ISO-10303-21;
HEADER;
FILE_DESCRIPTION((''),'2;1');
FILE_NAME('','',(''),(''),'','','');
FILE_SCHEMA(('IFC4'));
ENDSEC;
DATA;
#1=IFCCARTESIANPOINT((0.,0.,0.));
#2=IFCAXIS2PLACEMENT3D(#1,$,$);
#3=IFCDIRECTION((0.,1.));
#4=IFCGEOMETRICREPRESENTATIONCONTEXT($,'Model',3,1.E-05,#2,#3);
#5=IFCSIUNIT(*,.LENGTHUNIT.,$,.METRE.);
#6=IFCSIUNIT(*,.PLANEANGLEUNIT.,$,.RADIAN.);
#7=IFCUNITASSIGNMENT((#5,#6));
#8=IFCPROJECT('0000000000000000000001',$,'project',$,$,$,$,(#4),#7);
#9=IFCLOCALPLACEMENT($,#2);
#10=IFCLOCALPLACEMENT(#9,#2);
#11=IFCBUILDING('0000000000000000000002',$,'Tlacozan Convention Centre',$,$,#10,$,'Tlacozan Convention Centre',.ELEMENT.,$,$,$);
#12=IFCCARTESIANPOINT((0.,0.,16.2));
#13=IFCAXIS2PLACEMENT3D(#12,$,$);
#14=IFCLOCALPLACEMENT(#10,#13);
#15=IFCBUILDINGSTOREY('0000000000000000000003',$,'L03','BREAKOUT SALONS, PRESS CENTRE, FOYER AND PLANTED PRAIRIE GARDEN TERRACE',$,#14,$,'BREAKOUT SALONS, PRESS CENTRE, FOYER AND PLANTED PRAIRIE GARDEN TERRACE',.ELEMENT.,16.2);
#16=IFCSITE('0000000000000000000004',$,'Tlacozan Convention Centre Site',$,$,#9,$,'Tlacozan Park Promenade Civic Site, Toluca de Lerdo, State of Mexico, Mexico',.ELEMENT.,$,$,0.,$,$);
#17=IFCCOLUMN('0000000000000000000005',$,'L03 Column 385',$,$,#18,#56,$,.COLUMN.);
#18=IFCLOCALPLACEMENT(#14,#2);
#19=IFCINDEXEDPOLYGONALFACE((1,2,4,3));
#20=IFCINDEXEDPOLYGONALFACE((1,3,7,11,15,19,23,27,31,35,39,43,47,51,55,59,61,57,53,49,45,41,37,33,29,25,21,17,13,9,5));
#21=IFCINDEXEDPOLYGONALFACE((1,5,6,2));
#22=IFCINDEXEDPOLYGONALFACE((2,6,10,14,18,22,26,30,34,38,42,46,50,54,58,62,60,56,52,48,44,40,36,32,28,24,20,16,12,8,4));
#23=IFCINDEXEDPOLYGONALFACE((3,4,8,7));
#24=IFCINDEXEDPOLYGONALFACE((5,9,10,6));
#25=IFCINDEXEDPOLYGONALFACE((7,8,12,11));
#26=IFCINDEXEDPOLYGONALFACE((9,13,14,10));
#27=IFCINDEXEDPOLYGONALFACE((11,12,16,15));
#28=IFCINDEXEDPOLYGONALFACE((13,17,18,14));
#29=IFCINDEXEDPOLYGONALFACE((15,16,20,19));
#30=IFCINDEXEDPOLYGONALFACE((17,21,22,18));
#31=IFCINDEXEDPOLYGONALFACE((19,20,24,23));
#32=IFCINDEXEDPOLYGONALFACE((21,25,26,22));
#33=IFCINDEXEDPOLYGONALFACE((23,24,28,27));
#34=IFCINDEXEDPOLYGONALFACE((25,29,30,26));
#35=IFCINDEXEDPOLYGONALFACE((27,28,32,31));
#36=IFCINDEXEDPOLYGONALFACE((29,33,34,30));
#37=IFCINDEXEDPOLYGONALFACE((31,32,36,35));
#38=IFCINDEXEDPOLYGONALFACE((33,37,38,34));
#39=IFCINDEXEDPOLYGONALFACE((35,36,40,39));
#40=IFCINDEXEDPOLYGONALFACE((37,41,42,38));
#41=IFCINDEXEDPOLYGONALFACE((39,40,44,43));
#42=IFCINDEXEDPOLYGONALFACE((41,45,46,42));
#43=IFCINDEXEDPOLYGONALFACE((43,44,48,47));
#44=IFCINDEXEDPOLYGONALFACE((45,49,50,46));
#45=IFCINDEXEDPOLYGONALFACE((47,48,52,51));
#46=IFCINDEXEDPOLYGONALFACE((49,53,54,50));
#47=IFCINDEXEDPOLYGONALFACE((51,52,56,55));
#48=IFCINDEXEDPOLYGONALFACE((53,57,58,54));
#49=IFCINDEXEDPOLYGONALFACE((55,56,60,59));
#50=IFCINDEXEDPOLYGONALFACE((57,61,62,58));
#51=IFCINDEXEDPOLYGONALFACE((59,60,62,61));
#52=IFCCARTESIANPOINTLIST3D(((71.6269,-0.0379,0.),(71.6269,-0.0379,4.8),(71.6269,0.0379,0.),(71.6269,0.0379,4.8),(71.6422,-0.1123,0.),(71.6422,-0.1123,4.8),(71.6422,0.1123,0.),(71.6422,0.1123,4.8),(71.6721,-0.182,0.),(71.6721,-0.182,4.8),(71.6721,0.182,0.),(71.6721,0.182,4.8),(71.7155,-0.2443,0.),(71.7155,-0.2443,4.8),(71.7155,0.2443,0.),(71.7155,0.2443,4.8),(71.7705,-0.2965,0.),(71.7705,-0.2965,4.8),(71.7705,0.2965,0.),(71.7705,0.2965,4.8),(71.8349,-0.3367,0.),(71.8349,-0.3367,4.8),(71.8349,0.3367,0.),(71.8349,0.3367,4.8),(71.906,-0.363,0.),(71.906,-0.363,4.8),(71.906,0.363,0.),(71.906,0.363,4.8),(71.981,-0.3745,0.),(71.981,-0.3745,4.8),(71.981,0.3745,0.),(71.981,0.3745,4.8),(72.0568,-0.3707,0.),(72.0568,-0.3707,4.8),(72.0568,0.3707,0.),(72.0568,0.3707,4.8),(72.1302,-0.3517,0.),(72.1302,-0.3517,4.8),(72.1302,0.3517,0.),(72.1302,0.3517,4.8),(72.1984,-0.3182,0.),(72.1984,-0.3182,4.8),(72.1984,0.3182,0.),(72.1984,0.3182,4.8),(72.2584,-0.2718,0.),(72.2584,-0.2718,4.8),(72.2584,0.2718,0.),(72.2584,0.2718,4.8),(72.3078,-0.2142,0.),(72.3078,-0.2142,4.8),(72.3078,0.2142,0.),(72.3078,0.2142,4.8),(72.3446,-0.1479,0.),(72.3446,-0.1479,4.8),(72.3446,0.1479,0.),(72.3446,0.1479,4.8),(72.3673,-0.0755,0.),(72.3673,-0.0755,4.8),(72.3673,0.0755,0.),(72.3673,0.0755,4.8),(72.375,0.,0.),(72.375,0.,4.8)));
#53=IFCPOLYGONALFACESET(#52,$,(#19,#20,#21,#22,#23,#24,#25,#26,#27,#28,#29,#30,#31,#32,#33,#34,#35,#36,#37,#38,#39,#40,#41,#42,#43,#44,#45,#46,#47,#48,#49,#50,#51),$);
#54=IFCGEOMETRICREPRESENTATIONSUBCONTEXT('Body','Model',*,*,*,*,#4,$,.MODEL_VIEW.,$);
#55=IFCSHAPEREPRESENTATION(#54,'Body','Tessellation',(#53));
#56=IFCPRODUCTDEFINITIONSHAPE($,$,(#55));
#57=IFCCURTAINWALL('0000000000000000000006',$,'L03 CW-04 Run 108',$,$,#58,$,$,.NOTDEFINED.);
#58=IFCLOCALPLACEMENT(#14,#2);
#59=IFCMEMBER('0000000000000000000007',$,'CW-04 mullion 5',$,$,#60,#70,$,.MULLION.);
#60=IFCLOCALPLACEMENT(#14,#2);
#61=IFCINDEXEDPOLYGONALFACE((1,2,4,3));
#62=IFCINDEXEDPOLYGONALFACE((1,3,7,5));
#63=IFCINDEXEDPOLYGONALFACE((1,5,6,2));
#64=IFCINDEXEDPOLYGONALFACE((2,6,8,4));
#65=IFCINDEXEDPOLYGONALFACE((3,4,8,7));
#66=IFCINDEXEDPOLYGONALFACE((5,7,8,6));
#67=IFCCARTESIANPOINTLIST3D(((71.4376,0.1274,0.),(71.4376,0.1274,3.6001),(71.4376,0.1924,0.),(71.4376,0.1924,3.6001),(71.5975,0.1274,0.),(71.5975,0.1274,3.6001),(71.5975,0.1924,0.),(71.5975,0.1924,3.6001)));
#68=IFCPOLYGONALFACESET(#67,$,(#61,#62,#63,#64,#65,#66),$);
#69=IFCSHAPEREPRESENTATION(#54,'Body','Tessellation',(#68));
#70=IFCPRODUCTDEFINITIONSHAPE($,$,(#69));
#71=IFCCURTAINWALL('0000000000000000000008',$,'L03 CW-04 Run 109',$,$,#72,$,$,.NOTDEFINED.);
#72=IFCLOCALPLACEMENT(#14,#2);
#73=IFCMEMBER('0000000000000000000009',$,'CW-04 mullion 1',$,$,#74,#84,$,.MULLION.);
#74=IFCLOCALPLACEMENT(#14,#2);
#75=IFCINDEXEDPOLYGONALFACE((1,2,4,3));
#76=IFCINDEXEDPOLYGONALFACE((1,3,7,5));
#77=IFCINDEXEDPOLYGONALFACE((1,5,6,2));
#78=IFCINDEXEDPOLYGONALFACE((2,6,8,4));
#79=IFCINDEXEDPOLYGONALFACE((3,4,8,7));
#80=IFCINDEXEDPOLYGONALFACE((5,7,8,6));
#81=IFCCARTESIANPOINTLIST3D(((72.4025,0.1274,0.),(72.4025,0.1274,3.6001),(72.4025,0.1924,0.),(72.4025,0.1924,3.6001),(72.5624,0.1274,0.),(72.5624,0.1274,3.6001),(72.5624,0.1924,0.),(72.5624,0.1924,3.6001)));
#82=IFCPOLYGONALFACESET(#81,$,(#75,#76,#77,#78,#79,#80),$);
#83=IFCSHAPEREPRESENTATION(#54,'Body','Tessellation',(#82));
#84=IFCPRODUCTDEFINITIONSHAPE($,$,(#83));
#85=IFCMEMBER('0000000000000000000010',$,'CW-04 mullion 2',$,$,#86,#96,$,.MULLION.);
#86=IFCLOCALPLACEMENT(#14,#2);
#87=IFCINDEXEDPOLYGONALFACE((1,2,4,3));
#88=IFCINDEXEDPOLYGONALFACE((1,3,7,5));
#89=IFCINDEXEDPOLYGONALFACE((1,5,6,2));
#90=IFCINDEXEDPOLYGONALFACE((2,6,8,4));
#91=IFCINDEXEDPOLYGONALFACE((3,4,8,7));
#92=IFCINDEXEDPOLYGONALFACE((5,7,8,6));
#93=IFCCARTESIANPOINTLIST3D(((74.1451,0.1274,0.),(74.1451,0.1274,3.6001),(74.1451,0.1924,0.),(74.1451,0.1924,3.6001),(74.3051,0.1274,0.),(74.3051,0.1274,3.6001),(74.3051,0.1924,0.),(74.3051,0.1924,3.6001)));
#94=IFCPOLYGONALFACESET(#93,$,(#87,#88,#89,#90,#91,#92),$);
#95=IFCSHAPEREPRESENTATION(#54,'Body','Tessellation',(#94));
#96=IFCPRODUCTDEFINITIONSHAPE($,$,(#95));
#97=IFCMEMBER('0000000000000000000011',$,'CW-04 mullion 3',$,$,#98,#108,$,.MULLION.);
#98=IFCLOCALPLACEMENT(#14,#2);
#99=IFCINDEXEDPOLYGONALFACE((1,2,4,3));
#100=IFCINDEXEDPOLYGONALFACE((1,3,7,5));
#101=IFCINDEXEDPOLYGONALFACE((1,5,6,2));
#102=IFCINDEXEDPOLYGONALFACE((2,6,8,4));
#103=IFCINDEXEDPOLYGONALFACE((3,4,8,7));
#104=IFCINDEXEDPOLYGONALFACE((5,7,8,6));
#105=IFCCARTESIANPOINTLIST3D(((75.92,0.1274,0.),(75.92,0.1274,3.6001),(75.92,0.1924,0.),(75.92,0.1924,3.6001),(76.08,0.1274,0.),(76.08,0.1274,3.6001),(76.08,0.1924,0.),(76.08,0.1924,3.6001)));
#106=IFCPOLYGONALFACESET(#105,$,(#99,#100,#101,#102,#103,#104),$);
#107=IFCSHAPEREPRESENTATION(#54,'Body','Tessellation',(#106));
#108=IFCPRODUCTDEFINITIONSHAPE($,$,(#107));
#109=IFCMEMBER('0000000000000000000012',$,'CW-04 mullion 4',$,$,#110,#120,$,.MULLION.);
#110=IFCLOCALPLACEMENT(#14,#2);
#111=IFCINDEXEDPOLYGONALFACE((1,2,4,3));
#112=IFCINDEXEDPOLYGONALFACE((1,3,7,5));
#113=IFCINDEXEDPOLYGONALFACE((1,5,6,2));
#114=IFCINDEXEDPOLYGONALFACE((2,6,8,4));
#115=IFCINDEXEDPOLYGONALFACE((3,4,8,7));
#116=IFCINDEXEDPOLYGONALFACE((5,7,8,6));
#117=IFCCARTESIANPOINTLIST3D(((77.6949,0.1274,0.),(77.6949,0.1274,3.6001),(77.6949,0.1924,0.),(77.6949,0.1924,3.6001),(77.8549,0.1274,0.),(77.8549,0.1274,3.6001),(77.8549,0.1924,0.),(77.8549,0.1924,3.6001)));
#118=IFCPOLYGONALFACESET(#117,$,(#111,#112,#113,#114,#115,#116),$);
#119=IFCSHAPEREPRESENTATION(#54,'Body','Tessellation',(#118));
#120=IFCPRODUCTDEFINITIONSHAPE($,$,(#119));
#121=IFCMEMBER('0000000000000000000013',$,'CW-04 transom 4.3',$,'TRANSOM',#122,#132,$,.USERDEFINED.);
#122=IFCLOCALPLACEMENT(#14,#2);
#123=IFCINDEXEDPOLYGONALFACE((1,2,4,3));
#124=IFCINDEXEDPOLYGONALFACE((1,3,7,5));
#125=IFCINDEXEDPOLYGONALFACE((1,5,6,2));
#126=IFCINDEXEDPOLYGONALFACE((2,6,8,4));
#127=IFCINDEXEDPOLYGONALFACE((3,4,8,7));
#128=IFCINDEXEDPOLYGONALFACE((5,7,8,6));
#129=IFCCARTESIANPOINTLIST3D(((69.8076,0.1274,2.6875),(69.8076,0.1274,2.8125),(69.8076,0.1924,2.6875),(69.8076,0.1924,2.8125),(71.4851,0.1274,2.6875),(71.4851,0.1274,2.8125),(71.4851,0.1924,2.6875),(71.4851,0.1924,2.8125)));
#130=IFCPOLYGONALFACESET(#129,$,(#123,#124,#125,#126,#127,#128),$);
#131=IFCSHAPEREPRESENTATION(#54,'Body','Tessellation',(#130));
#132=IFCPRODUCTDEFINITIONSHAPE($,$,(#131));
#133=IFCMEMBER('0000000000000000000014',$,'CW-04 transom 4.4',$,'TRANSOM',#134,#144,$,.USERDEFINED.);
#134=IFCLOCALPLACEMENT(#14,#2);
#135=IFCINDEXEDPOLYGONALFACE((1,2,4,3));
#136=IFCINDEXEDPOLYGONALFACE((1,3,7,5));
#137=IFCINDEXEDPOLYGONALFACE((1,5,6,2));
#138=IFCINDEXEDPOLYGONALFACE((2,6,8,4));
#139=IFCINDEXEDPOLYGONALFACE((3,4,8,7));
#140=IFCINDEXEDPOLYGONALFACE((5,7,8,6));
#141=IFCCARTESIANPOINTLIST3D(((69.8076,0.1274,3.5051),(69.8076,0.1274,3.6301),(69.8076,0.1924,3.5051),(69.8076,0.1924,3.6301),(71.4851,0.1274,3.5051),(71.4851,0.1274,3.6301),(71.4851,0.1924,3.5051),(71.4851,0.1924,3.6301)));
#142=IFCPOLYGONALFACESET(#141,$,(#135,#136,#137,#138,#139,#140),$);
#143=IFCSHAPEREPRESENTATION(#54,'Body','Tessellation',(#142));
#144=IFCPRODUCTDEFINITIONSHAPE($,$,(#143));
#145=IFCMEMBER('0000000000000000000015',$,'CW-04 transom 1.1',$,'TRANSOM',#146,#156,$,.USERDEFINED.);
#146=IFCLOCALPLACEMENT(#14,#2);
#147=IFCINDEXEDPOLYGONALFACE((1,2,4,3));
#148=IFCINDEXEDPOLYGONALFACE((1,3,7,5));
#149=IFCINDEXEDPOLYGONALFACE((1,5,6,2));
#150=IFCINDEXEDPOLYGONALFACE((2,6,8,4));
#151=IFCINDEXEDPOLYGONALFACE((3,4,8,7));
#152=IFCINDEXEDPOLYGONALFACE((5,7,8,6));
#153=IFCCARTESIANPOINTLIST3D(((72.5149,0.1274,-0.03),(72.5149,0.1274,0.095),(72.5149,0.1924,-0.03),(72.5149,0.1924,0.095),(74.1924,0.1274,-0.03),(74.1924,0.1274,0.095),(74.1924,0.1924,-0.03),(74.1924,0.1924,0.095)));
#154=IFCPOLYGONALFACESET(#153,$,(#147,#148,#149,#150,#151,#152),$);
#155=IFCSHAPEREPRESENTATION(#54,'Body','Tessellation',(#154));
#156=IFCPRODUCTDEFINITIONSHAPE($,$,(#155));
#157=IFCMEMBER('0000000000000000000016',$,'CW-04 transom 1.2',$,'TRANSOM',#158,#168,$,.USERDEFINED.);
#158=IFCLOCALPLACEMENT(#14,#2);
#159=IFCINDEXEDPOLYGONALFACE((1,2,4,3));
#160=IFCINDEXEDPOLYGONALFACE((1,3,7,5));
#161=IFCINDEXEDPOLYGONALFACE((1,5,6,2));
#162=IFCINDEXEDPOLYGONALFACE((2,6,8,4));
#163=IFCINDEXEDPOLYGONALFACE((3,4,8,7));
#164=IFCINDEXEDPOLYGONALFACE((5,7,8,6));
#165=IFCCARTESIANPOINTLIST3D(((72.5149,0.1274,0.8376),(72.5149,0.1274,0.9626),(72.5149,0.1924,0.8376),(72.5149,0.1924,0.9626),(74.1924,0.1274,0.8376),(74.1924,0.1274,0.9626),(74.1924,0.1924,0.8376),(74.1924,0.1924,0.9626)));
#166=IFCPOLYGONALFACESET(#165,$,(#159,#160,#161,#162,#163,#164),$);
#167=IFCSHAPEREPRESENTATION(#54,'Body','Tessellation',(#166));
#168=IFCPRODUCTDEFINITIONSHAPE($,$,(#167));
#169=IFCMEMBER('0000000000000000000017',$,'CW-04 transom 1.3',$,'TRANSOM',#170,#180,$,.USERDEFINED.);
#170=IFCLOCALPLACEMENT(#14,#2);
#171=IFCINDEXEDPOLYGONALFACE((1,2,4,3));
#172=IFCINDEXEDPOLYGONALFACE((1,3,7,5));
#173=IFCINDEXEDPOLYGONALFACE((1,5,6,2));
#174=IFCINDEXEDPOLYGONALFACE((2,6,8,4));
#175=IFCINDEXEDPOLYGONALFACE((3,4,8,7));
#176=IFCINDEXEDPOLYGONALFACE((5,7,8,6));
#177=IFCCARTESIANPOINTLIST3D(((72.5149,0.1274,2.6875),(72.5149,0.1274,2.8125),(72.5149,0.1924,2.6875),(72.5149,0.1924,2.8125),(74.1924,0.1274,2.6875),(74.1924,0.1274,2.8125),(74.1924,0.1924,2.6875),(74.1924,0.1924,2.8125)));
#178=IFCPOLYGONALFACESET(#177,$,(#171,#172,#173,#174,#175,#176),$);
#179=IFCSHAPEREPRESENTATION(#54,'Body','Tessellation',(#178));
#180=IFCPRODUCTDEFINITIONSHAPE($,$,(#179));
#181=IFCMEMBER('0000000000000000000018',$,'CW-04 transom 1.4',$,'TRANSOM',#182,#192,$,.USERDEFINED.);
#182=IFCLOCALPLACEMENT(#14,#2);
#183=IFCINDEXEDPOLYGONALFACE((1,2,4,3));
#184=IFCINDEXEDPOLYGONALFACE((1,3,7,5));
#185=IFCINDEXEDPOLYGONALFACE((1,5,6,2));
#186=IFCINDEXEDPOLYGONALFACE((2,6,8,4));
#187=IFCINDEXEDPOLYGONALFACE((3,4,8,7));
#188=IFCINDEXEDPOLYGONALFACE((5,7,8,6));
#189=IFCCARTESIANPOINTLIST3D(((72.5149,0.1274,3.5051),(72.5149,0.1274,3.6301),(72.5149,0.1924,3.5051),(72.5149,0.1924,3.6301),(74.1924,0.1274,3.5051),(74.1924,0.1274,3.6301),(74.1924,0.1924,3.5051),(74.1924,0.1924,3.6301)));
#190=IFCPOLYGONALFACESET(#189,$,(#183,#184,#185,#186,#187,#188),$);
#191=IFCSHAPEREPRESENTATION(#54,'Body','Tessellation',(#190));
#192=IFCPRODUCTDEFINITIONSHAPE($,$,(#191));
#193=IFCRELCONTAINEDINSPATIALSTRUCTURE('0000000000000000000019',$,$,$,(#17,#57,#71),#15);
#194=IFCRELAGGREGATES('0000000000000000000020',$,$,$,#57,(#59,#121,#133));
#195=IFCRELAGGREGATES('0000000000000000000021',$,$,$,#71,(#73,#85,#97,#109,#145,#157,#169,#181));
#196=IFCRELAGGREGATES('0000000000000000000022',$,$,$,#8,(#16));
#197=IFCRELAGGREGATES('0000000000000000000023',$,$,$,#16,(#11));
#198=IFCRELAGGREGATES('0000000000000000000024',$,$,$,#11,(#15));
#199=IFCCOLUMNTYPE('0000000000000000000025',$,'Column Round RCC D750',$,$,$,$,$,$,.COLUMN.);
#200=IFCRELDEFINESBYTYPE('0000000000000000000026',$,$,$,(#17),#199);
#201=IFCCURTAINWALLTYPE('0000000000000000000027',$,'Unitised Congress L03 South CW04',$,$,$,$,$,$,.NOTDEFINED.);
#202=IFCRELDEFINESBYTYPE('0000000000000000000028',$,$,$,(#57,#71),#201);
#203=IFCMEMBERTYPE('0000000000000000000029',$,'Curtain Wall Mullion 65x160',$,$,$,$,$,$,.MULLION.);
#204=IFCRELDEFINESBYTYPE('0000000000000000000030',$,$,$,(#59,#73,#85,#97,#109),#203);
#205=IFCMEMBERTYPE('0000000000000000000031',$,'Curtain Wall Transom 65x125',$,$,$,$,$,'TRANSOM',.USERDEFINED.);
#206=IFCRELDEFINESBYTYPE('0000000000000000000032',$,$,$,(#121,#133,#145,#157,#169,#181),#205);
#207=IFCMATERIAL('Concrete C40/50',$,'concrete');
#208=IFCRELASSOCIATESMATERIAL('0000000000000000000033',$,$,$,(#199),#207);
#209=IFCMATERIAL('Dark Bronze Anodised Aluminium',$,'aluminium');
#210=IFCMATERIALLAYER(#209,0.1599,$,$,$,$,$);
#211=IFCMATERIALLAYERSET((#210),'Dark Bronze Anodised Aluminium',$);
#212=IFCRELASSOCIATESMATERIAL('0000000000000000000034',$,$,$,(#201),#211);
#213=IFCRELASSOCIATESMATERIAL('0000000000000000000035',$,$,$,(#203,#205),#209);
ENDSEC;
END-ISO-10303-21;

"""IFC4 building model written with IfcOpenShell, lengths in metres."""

from ifc_helpers import new_model, si_unit, direction, frame, origin, origin_2d, place, context, subcontext, project, spatial, rectangle, circle, extrude, material, layer, layer_set, material_profile, profile_set, type_object, element, aggregate, save


model = new_model("IFC4")

# Units and contexts
model_context = context("Model", 3, precision=1e-05, world=origin(), true_north=direction((0.0, 1.0)))
body_context = subcontext(model_context, "Body", "Model", "MODEL_VIEW")
ifc_project = project(units=[si_unit("LENGTHUNIT", "METRE"), si_unit("PLANEANGLEUNIT", "RADIAN")], contexts=[model_context])

# Site, building, storey
site_placement = place(None, origin())
site = spatial("IfcSite", under=ifc_project, at=site_placement, Name="Tlacozan Convention Centre Site", LongName="Tlacozan Park Promenade Civic Site, Toluca de Lerdo, State of Mexico, Mexico", CompositionType="ELEMENT", RefElevation=0.0)
building_placement = place(site_placement, origin())
building = spatial("IfcBuilding", under=site, at=building_placement, Name="Tlacozan Convention Centre", LongName="Tlacozan Convention Centre", CompositionType="ELEMENT")
storey_placement = place(building_placement, frame((0.0, 0.0, 16.2)))
storey = spatial("IfcBuildingStorey", under=building, at=storey_placement, Name="L03", Description="BREAKOUT SALONS, PRESS CENTRE, FOYER AND PLANTED PRAIRIE GARDEN TERRACE", LongName="BREAKOUT SALONS, PRESS CENTRE, FOYER AND PLANTED PRAIRIE GARDEN TERRACE", CompositionType="ELEMENT", Elevation=16.2)

# Column
ifc_material_1 = material(Name="Concrete C40/50", Category="concrete")
ifc_material_profile_1 = material_profile(ifc_material_1, circle(Radius=0.375, at=origin_2d()), Name="RCC D750")
ifc_profile_set_1 = profile_set([ifc_material_profile_1], Name="Concrete C40/50")
column_type = type_object("IfcColumnType", Name="Column Round RCC D750", PredefinedType="COLUMN", material=ifc_profile_set_1)
column_placement = place(storey_placement, frame((72.0, 0.0, 0.0), z_axis=(0.0, 0.0, 1.0), x_axis=(1.0, 0.0, 0.0)))
element("IfcColumn", 1, at=column_placement, inside=storey, type_object=column_type, Name="L03 Column 385", PredefinedType="COLUMN", context=body_context, shape_type="SweptSolid", body=[
    extrude(circle(Radius=0.375, at=origin_2d()), origin(), (0.0, 0.0, 1.0), 4.8),
])

# Curtain wall, member
ifc_material_2 = material(Name="Dark Bronze Anodised Aluminium", Category="aluminium")
ifc_layer_1 = layer(ifc_material_2, 0.1599)
ifc_layer_set_1 = layer_set([ifc_layer_1], Name="Dark Bronze Anodised Aluminium")
curtain_wall_type = type_object("IfcCurtainWallType", Name="Unitised Congress L03 South CW04", PredefinedType="NOTDEFINED", material=ifc_layer_set_1)
curtain_wall_1_placement = place(storey_placement, origin())
curtain_wall_1 = element("IfcCurtainWall", 2, at=curtain_wall_1_placement, inside=storey, type_object=curtain_wall_type, Name="L03 CW-04 Run 108", PredefinedType="NOTDEFINED")
ifc_material_profile_2 = material_profile(ifc_material_2, rectangle(XDim=0.0649, YDim=0.1599, at=origin_2d()), Name="ALU 65x160")
ifc_profile_set_2 = profile_set([ifc_material_profile_2], Name="Dark Bronze Anodised Aluminium")
member_type_1 = type_object("IfcMemberType", Name="Curtain Wall Mullion 65x160", PredefinedType="MULLION", material=ifc_profile_set_2)
member_1_placement = place(storey_placement, frame((71.5176, 0.1599, 0.0), z_axis=(0.0, 0.0, 1.0), x_axis=(0.0, 1.0, 0.0)))
member_1 = element("IfcMember", 3, at=member_1_placement, type_object=member_type_1, Name="CW-04 mullion 5", PredefinedType="MULLION", context=body_context, shape_type="SweptSolid", body=[
    extrude(rectangle(XDim=0.0649, YDim=0.1599, at=origin_2d()), origin(), (0.0, 0.0, 1.0), 3.6001),
])

# Curtain wall, members
curtain_wall_2_placement = place(storey_placement, origin())
curtain_wall_2 = element("IfcCurtainWall", 4, at=curtain_wall_2_placement, inside=storey, type_object=curtain_wall_type, Name="L03 CW-04 Run 109", PredefinedType="NOTDEFINED")
member_2_placement = place(storey_placement, frame((72.4824, 0.1599, 0.0), z_axis=(0.0, 0.0, 1.0), x_axis=(0.0, 1.0, 0.0)))
member_2 = element("IfcMember", 5, at=member_2_placement, type_object=member_type_1, Name="CW-04 mullion 1", PredefinedType="MULLION", context=body_context, shape_type="SweptSolid", body=[
    extrude(rectangle(XDim=0.0649, YDim=0.1599, at=origin_2d()), origin(), (0.0, 0.0, 1.0), 3.6001),
])
member_3_placement = place(storey_placement, frame((74.2251, 0.1599, 0.0), z_axis=(0.0, 0.0, 1.0), x_axis=(0.0, 1.0, 0.0)))
member_3 = element("IfcMember", 6, at=member_3_placement, type_object=member_type_1, Name="CW-04 mullion 2", PredefinedType="MULLION", context=body_context, shape_type="SweptSolid", body=[
    extrude(rectangle(XDim=0.0649, YDim=0.1599, at=origin_2d()), origin(), (0.0, 0.0, 1.0), 3.6001),
])
member_4_placement = place(storey_placement, frame((76.0, 0.1599, 0.0), z_axis=(0.0, 0.0, 1.0), x_axis=(0.0, 1.0, 0.0)))
member_4 = element("IfcMember", 7, at=member_4_placement, type_object=member_type_1, Name="CW-04 mullion 3", PredefinedType="MULLION", context=body_context, shape_type="SweptSolid", body=[
    extrude(rectangle(XDim=0.0649, YDim=0.1599, at=origin_2d()), origin(), (0.0, 0.0, 1.0), 3.6001),
])
member_5_placement = place(storey_placement, frame((77.7749, 0.1599, 0.0), z_axis=(0.0, 0.0, 1.0), x_axis=(0.0, 1.0, 0.0)))
member_5 = element("IfcMember", 8, at=member_5_placement, type_object=member_type_1, Name="CW-04 mullion 4", PredefinedType="MULLION", context=body_context, shape_type="SweptSolid", body=[
    extrude(rectangle(XDim=0.0649, YDim=0.1599, at=origin_2d()), origin(), (0.0, 0.0, 1.0), 3.6001),
])

# Members
ifc_material_profile_3 = material_profile(ifc_material_2, rectangle(XDim=0.0649, YDim=0.125, at=origin_2d()), Name="ALU 65x125")
ifc_profile_set_3 = profile_set([ifc_material_profile_3], Name="Dark Bronze Anodised Aluminium")
member_type_2 = type_object("IfcMemberType", Name="Curtain Wall Transom 65x125", ElementType="TRANSOM", PredefinedType="USERDEFINED", material=ifc_profile_set_3)
member_6_placement = place(storey_placement, frame((69.8076, 0.1599, 2.75), z_axis=(1.0, 0.0, 0.0), x_axis=(0.0, 1.0, 0.0)))
member_6 = element("IfcMember", 9, at=member_6_placement, type_object=member_type_2, Name="CW-04 transom 4.3", ObjectType="TRANSOM", PredefinedType="USERDEFINED", context=body_context, shape_type="SweptSolid", body=[
    extrude(rectangle(XDim=0.0649, YDim=0.125, at=origin_2d()), origin(), (0.0, 0.0, 1.0), 1.6775),
])
member_7_placement = place(storey_placement, frame((69.8076, 0.1599, 3.5676), z_axis=(1.0, 0.0, 0.0), x_axis=(0.0, 1.0, 0.0)))
member_7 = element("IfcMember", 10, at=member_7_placement, type_object=member_type_2, Name="CW-04 transom 4.4", ObjectType="TRANSOM", PredefinedType="USERDEFINED", context=body_context, shape_type="SweptSolid", body=[
    extrude(rectangle(XDim=0.0649, YDim=0.125, at=origin_2d()), origin(), (0.0, 0.0, 1.0), 1.6775),
])
member_8_placement = place(storey_placement, frame((72.5149, 0.1599, 0.0325), z_axis=(1.0, 0.0, 0.0), x_axis=(0.0, 1.0, 0.0)))
member_8 = element("IfcMember", 11, at=member_8_placement, type_object=member_type_2, Name="CW-04 transom 1.1", ObjectType="TRANSOM", PredefinedType="USERDEFINED", context=body_context, shape_type="SweptSolid", body=[
    extrude(rectangle(XDim=0.0649, YDim=0.125, at=origin_2d()), origin(), (0.0, 0.0, 1.0), 1.6775),
])
member_9_placement = place(storey_placement, frame((72.5149, 0.1599, 0.9001), z_axis=(1.0, 0.0, 0.0), x_axis=(0.0, 1.0, 0.0)))
member_9 = element("IfcMember", 12, at=member_9_placement, type_object=member_type_2, Name="CW-04 transom 1.2", ObjectType="TRANSOM", PredefinedType="USERDEFINED", context=body_context, shape_type="SweptSolid", body=[
    extrude(rectangle(XDim=0.0649, YDim=0.125, at=origin_2d()), origin(), (0.0, 0.0, 1.0), 1.6775),
])
member_10_placement = place(storey_placement, frame((72.5149, 0.1599, 2.75), z_axis=(1.0, 0.0, 0.0), x_axis=(0.0, 1.0, 0.0)))
member_10 = element("IfcMember", 13, at=member_10_placement, type_object=member_type_2, Name="CW-04 transom 1.3", ObjectType="TRANSOM", PredefinedType="USERDEFINED", context=body_context, shape_type="SweptSolid", body=[
    extrude(rectangle(XDim=0.0649, YDim=0.125, at=origin_2d()), origin(), (0.0, 0.0, 1.0), 1.6775),
])
member_11_placement = place(storey_placement, frame((72.5149, 0.1599, 3.5676), z_axis=(1.0, 0.0, 0.0), x_axis=(0.0, 1.0, 0.0)))
member_11 = element("IfcMember", 14, at=member_11_placement, type_object=member_type_2, Name="CW-04 transom 1.4", ObjectType="TRANSOM", PredefinedType="USERDEFINED", context=body_context, shape_type="SweptSolid", body=[
    extrude(rectangle(XDim=0.0649, YDim=0.125, at=origin_2d()), origin(), (0.0, 0.0, 1.0), 1.6775),
])

aggregate(curtain_wall_1, [member_1, member_6, member_7])
aggregate(curtain_wall_2, [member_2, member_3, member_4, member_5, member_8, member_9, member_10, member_11])

save(model, "model.ifc")
